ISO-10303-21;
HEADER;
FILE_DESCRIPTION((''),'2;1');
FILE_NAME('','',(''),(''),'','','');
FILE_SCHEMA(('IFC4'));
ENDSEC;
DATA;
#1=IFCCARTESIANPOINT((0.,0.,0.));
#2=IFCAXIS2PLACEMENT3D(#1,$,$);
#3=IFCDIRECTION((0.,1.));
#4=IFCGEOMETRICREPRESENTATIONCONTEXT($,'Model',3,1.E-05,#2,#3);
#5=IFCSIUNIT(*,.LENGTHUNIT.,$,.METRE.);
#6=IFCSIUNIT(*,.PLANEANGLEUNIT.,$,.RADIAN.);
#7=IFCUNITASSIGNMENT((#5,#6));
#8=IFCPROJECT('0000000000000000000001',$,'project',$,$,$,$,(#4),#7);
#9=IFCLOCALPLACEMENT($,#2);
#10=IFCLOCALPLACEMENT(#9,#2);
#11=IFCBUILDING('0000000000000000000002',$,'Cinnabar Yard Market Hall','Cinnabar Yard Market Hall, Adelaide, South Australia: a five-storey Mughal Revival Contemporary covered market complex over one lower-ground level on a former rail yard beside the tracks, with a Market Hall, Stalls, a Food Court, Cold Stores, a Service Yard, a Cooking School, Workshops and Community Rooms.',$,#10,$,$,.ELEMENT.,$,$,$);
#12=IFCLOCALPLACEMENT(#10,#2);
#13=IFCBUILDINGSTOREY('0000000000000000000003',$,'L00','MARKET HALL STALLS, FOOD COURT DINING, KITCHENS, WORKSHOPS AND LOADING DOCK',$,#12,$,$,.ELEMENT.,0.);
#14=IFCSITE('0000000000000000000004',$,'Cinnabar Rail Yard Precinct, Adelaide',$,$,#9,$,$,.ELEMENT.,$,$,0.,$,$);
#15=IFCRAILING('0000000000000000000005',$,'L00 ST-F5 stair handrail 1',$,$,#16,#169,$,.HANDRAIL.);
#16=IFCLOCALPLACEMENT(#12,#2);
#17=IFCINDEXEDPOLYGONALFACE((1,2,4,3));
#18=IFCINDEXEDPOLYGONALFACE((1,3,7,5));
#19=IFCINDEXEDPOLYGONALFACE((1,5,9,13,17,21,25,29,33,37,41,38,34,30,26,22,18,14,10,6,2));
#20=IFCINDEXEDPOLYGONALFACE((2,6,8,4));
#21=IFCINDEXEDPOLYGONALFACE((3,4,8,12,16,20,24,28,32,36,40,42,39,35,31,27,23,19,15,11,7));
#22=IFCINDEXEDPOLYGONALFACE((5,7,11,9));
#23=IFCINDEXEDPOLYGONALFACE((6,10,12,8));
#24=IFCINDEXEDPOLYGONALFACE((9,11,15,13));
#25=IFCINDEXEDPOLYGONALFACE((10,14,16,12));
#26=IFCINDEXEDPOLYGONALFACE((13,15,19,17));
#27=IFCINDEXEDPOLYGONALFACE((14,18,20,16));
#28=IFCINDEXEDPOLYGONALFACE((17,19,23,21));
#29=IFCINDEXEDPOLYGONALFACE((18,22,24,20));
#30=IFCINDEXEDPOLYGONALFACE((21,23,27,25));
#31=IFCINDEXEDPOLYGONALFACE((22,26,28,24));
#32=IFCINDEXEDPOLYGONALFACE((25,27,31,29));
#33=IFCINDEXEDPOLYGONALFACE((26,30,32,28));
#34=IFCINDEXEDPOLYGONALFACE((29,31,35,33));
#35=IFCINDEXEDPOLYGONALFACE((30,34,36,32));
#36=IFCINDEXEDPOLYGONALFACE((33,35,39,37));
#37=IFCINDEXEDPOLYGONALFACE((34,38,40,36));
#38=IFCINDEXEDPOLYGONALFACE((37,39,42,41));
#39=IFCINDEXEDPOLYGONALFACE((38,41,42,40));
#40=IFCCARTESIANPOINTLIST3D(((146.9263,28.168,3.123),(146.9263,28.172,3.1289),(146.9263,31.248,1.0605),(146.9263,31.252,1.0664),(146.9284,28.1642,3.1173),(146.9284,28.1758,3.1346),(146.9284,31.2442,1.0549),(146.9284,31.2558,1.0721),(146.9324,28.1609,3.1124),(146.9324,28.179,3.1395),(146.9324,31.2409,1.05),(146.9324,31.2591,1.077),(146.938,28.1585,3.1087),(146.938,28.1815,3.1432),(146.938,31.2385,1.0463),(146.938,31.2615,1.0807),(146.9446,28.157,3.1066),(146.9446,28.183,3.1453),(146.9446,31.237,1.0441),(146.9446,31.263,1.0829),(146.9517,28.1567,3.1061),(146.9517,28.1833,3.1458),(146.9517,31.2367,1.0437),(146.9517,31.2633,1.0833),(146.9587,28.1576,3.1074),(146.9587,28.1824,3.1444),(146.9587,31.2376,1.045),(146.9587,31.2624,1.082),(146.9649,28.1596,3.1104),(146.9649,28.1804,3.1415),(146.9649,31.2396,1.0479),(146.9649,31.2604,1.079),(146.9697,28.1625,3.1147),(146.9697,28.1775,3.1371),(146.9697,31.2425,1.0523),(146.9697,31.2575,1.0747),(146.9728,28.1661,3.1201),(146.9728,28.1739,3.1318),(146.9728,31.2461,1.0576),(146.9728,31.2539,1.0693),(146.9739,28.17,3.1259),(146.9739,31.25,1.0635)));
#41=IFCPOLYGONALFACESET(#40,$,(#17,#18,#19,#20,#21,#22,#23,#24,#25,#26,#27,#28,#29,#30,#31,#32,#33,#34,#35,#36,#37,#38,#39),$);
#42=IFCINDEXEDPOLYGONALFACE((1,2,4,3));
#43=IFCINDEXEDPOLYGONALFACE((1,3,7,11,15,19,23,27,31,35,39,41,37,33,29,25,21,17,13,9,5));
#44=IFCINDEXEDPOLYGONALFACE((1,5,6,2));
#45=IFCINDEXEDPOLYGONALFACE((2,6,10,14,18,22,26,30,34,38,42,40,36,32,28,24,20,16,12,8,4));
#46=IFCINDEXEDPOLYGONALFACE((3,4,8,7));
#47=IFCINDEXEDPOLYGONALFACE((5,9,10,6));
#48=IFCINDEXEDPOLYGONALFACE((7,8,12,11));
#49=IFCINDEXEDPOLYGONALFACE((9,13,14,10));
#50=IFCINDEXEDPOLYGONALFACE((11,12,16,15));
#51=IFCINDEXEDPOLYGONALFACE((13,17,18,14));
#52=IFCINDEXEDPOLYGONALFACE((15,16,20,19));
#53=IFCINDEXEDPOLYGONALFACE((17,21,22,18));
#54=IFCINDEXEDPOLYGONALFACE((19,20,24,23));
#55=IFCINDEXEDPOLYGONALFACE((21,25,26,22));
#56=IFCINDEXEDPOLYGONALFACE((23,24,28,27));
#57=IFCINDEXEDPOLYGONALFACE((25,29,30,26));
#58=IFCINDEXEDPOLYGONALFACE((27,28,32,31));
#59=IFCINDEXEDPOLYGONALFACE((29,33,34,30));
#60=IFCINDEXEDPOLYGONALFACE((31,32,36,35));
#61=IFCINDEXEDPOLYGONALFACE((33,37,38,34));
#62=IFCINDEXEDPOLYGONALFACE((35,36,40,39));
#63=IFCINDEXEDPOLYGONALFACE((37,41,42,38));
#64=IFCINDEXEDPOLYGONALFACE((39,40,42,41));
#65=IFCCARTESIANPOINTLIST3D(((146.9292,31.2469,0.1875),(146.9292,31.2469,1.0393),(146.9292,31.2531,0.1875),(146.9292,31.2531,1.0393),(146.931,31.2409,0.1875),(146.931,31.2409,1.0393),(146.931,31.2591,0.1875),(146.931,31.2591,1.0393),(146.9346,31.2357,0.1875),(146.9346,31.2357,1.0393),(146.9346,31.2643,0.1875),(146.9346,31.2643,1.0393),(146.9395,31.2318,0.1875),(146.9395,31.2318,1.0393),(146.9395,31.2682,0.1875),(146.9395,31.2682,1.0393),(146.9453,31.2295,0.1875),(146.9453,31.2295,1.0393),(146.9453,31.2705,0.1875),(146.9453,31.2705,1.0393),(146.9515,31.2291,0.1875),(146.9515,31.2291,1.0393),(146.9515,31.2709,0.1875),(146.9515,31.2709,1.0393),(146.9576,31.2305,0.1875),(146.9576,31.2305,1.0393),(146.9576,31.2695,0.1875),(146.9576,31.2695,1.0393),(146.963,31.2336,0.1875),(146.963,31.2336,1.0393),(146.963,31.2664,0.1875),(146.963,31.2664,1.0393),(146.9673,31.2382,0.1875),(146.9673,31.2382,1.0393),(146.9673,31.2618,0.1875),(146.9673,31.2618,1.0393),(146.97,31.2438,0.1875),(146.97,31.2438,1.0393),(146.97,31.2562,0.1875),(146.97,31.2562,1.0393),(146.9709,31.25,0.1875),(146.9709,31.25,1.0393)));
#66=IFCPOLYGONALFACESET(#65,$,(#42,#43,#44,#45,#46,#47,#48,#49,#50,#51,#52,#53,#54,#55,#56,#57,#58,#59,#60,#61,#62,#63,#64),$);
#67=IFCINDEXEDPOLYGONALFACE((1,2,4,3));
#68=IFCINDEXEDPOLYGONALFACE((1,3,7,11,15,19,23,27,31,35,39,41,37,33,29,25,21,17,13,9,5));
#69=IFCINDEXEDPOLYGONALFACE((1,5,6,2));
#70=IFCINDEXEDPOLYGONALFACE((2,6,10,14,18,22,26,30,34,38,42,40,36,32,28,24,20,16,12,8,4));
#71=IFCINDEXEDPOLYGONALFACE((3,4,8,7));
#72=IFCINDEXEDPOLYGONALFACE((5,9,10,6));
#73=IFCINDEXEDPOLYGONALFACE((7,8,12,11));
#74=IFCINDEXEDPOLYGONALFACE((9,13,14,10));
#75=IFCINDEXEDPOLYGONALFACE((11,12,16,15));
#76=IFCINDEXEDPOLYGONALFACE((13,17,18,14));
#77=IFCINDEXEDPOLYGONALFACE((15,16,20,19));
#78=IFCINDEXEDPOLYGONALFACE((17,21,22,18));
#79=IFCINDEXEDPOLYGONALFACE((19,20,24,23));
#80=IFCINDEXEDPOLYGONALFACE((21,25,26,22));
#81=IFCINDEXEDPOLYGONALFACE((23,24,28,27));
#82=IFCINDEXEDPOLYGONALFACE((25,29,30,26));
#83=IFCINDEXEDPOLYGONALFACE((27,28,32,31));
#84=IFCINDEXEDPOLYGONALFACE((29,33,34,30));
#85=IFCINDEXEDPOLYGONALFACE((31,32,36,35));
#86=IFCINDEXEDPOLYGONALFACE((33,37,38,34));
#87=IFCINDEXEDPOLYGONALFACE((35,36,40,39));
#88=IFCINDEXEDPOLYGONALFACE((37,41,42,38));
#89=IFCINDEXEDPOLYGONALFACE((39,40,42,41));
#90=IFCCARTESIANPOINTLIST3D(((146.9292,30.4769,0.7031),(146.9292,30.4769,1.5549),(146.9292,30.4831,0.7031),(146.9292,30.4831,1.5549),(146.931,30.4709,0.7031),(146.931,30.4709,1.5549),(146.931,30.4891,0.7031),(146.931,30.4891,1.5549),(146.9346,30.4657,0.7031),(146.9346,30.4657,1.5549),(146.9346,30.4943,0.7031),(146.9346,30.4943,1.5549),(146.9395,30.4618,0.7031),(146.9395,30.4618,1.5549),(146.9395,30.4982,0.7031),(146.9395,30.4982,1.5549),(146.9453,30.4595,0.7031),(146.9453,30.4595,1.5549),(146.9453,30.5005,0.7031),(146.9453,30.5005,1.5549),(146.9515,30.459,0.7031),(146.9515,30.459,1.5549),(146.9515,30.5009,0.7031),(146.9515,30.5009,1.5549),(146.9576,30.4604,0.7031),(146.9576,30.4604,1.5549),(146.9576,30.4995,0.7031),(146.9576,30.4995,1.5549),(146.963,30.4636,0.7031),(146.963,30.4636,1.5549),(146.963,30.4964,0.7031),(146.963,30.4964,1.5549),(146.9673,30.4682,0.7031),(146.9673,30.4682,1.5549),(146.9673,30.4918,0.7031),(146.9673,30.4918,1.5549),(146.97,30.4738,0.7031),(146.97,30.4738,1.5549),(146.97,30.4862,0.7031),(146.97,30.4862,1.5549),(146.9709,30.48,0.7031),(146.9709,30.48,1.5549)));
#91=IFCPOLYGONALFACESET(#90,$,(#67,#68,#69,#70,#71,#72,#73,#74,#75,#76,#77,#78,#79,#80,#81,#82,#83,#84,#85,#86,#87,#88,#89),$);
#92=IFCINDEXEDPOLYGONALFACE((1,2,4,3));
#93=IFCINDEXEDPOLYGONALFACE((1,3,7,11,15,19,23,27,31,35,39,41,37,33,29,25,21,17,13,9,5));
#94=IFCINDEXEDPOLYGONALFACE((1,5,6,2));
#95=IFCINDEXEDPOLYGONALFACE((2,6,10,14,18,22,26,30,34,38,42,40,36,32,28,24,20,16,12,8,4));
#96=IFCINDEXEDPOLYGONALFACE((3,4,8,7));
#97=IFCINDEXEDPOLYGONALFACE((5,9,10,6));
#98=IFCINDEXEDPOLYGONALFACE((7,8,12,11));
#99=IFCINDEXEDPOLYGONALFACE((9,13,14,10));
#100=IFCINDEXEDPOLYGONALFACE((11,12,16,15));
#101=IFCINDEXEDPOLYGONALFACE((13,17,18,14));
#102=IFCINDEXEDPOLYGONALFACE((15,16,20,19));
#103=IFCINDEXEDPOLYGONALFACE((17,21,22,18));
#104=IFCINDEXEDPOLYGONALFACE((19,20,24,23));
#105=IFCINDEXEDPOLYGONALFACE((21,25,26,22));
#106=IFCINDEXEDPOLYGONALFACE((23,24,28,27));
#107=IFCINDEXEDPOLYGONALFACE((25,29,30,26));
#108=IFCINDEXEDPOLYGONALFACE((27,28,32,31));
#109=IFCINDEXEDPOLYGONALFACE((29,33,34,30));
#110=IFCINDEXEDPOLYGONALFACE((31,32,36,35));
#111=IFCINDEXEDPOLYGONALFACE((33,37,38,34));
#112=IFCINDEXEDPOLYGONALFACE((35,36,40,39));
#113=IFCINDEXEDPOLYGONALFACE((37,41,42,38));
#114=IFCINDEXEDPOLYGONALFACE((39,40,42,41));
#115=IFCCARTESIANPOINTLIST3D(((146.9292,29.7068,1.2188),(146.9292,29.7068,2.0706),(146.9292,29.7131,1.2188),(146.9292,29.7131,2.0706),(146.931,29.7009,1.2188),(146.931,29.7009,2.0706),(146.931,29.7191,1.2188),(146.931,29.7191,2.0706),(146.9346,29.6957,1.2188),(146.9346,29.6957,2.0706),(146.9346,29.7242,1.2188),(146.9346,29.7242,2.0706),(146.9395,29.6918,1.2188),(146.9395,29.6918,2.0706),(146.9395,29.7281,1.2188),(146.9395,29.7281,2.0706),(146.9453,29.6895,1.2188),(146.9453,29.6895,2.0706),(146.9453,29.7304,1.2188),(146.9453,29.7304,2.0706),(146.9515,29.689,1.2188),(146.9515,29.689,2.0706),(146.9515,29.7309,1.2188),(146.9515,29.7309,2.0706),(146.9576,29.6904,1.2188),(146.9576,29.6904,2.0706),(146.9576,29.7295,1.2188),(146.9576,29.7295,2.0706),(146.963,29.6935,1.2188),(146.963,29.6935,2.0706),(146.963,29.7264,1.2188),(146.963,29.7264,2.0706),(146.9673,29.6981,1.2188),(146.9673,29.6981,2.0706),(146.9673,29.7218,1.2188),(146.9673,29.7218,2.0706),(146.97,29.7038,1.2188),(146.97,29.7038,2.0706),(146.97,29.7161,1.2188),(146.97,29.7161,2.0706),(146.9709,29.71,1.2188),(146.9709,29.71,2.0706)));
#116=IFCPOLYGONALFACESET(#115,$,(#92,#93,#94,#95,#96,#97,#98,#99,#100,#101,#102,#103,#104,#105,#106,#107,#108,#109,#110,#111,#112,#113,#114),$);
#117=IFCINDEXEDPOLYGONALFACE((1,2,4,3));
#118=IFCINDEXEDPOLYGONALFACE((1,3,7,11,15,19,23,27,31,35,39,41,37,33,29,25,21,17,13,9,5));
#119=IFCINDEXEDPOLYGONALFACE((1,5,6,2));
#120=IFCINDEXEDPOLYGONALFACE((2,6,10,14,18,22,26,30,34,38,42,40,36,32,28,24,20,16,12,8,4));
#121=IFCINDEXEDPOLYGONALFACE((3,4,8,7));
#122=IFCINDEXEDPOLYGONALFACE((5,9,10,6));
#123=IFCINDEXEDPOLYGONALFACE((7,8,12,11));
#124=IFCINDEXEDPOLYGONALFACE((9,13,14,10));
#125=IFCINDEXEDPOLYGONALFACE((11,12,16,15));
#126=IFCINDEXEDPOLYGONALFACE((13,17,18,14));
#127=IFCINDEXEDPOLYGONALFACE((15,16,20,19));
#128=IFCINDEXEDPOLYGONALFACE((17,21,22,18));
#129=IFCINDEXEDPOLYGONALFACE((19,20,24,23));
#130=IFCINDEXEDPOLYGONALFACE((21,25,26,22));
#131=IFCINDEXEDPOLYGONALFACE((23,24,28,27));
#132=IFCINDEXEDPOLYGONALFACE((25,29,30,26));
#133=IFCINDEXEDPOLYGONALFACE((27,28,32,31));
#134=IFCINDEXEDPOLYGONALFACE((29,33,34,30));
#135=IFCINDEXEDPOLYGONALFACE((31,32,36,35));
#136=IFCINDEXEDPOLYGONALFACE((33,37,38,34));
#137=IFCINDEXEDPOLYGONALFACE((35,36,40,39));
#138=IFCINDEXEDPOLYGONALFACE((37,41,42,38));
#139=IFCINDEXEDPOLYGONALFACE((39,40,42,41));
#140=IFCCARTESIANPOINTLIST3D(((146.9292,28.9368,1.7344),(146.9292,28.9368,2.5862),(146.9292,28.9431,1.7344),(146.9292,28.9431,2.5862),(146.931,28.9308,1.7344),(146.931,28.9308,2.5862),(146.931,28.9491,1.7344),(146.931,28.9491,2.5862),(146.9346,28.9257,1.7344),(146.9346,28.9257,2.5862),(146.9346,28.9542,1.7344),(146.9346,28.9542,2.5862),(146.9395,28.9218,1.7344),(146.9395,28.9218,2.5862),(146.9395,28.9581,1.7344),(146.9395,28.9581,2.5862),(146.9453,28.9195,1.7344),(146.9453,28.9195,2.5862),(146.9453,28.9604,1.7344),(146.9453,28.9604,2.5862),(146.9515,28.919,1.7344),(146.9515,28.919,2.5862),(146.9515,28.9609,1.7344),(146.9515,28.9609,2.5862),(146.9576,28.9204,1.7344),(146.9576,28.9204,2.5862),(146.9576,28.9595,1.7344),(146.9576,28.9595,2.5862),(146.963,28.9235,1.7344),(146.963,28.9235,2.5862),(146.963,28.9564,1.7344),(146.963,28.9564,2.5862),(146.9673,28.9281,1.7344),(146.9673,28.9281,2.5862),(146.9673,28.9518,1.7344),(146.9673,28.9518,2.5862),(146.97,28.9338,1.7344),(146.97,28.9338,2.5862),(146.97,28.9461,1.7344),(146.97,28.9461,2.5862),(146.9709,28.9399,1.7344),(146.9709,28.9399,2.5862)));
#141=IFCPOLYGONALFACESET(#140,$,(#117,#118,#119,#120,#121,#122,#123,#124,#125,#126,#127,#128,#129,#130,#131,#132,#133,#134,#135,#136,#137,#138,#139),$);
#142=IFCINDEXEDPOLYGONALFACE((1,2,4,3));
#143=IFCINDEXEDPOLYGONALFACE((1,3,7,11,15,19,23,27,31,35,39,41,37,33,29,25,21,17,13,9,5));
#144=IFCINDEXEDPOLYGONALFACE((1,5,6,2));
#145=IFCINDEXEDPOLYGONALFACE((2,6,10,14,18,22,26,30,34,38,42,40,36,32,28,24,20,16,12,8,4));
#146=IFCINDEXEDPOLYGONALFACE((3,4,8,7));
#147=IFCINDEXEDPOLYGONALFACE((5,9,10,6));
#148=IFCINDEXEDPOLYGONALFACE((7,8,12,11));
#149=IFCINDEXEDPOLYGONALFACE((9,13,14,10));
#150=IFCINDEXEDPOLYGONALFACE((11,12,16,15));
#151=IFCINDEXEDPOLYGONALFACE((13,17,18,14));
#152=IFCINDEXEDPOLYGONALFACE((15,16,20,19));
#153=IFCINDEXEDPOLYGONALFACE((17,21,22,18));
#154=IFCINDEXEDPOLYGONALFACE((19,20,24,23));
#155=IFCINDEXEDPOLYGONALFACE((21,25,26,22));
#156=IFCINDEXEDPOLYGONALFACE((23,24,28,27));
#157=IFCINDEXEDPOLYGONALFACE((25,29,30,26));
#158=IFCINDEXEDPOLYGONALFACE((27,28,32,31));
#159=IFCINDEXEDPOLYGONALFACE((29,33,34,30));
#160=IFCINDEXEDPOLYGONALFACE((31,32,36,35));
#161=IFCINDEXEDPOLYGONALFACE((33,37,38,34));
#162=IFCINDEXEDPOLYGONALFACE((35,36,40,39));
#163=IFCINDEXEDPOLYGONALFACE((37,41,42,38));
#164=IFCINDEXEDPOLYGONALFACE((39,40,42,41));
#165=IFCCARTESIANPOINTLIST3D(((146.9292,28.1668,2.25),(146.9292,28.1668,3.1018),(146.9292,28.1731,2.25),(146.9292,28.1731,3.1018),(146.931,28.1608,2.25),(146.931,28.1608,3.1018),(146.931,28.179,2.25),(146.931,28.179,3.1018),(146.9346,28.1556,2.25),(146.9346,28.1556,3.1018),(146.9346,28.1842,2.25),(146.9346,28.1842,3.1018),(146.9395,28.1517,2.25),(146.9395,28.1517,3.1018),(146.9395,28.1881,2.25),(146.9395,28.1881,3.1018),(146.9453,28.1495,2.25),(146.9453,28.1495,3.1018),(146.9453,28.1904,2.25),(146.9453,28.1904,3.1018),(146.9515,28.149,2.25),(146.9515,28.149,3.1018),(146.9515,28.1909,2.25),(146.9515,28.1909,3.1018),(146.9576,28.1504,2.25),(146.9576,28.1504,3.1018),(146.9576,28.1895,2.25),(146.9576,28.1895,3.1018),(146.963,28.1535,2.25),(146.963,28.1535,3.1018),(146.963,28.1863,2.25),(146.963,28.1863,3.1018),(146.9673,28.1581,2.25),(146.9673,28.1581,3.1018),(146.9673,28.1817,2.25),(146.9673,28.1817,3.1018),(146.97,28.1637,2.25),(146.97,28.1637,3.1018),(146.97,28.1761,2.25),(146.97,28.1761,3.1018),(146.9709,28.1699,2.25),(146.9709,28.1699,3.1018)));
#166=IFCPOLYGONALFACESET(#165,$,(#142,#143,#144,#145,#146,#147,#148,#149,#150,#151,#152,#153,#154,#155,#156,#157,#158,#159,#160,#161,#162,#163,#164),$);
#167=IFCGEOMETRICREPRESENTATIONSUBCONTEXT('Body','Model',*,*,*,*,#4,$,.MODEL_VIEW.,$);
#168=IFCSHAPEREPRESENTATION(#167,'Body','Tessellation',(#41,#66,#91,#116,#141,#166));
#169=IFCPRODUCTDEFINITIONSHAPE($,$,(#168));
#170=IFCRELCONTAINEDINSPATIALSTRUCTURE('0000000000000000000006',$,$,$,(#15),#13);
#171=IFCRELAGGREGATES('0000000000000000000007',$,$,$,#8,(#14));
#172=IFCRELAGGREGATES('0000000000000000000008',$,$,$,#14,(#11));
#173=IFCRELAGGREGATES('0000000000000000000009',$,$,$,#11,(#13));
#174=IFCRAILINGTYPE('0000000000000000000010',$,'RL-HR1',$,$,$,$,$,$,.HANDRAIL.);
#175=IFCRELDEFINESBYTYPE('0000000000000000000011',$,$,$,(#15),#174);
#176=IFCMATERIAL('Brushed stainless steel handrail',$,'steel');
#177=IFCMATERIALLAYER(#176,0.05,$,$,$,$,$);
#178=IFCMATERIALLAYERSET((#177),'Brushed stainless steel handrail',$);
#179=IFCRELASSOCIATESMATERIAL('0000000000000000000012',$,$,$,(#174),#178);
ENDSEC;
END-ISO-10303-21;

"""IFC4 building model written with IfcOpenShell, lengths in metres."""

from ifc_helpers import new_model, si_unit, direction, frame, origin, origin_2d_with_axis, place, context, subcontext, project, spatial, circle, extrude, material, layer, layer_set, type_object, element, save


model = new_model("IFC4")

# Units and contexts
model_context = context("Model", 3, precision=1e-05, world=origin(), true_north=direction((0.0, 1.0)))
body_context = subcontext(model_context, "Body", "Model", "MODEL_VIEW")
ifc_project = project(units=[si_unit("LENGTHUNIT", "METRE"), si_unit("PLANEANGLEUNIT", "RADIAN")], contexts=[model_context])

# Site, building, storey
site_placement = place(None, origin())
site = spatial("IfcSite", under=ifc_project, at=site_placement, Name="Cinnabar Rail Yard Precinct, Adelaide", CompositionType="ELEMENT", RefElevation=0.0)
building_placement = place(site_placement, origin())
building = spatial("IfcBuilding", under=site, at=building_placement, Name="Cinnabar Yard Market Hall", Description="Cinnabar Yard Market Hall, Adelaide, South Australia: a five-storey Mughal Revival Contemporary covered market complex over one lower-ground level on a former rail yard beside the tracks, with a Market Hall, Stalls, a Food Court, Cold Stores, a Service Yard, a Cooking School, Workshops and Community Rooms.", CompositionType="ELEMENT")
storey_placement = place(building_placement, origin())
storey = spatial("IfcBuildingStorey", under=building, at=storey_placement, Name="L00", Description="MARKET HALL STALLS, FOOD COURT DINING, KITCHENS, WORKSHOPS AND LOADING DOCK", CompositionType="ELEMENT", Elevation=0.0)

# Railing
ifc_material_1 = material(Name="Brushed stainless steel handrail", Category="steel")
ifc_layer_1 = layer(ifc_material_1, 0.05)
ifc_layer_set_1 = layer_set([ifc_layer_1], Name="Brushed stainless steel handrail")
railing_type_1 = type_object("IfcRailingType", Name="RL-HR1", PredefinedType="HANDRAIL", material=ifc_layer_set_1)
railing_1_placement = place(storey_placement, frame((146.95, 31.25, 0.1875)))
element("IfcRailing", 1, at=railing_1_placement, inside=storey, type_object=railing_type_1, Name="L00 ST-F5 stair handrail 1", PredefinedType="HANDRAIL", context=body_context, shape_type="SweptSolid", body=[
    extrude(circle(Radius=0.0239, at=origin_2d_with_axis()), frame((0.0, 0.0, 0.876), z_axis=(0.0, -0.830914, 0.556401), x_axis=(1.0, 0.0, 0.0)), (0.0, 0.0, 1.0), 3.7068),
    extrude(circle(Radius=0.021, at=origin_2d_with_axis()), origin(), (0.0, 0.0, 1.0), 0.8518),
    extrude(circle(Radius=0.021, at=origin_2d_with_axis()), frame((0.0, -0.77, 0.5156)), (0.0, 0.0, 1.0), 0.8518),
    extrude(circle(Radius=0.021, at=origin_2d_with_axis()), frame((0.0, -1.54, 1.0312)), (0.0, 0.0, 1.0), 0.8518),
    extrude(circle(Radius=0.021, at=origin_2d_with_axis()), frame((0.0, -2.3101, 1.5469)), (0.0, 0.0, 1.0), 0.8518),
    extrude(circle(Radius=0.021, at=origin_2d_with_axis()), frame((0.0, -3.0801, 2.0625)), (0.0, 0.0, 1.0), 0.8518),
])

save(model, "model.ifc")
